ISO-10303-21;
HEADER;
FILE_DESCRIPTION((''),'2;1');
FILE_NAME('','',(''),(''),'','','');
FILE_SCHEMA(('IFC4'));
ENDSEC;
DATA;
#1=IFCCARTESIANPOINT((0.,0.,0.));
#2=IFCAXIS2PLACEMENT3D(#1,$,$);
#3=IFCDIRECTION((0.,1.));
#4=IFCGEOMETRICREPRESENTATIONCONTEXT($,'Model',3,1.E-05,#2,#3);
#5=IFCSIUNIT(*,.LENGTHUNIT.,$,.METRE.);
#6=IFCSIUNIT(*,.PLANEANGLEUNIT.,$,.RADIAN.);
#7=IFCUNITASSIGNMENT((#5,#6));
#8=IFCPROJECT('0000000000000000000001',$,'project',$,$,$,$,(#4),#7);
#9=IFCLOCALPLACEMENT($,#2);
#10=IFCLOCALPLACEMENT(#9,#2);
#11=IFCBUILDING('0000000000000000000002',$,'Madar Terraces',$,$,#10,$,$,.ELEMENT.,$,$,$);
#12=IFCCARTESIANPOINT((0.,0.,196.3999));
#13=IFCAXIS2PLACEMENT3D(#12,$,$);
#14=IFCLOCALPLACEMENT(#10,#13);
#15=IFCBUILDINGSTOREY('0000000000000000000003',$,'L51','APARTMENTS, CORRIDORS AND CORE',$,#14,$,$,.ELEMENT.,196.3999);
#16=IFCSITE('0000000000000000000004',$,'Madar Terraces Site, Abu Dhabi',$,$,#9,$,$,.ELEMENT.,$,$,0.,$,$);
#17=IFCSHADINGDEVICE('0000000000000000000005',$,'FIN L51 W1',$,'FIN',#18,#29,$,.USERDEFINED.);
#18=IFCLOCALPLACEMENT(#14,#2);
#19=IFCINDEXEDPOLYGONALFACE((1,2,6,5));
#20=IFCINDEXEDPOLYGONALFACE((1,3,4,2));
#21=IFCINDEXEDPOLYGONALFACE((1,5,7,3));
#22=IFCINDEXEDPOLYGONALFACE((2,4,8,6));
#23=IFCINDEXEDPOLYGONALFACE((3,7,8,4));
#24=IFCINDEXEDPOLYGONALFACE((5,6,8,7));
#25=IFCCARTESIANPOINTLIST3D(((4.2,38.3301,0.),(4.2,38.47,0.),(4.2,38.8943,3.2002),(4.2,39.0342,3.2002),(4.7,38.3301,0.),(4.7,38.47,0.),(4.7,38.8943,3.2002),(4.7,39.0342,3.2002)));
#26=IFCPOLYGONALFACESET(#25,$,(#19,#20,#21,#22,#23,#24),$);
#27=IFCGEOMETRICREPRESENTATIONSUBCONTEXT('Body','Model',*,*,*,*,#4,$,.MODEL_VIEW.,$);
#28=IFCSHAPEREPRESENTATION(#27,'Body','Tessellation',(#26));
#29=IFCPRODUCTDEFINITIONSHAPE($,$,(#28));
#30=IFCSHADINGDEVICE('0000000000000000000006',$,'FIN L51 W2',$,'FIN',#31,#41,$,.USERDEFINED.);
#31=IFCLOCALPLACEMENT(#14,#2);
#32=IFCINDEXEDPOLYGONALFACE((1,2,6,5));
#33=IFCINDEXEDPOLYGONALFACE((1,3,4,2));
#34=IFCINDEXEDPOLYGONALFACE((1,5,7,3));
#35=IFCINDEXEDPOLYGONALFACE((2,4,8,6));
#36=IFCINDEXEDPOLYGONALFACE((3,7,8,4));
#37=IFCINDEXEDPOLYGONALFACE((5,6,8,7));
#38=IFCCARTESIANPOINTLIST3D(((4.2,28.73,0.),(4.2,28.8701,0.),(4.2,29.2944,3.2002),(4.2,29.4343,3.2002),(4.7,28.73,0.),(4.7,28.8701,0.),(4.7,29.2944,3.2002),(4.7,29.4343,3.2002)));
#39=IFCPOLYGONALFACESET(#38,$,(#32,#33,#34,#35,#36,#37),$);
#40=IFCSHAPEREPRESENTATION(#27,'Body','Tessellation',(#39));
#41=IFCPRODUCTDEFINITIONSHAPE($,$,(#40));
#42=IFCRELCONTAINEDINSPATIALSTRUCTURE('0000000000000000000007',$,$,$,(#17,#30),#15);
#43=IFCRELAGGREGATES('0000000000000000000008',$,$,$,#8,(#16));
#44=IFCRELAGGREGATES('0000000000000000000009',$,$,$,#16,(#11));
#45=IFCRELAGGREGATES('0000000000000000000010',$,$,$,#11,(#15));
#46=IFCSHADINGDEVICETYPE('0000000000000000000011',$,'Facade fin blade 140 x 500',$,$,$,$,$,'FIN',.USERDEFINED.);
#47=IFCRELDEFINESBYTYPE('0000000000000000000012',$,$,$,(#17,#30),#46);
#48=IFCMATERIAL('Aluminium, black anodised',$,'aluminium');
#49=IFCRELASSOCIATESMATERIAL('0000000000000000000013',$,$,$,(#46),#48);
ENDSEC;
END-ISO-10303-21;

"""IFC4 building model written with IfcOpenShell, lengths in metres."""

from ifc_helpers import new_model, si_unit, direction, frame, origin, place, context, subcontext, project, spatial, polyline, outline, extrude, material, type_object, element, save


model = new_model("IFC4")

# Units and contexts
model_context = context("Model", 3, precision=1e-05, world=origin(), true_north=direction((0.0, 1.0)))
body_context = subcontext(model_context, "Body", "Model", "MODEL_VIEW")
ifc_project = project(units=[si_unit("LENGTHUNIT", "METRE"), si_unit("PLANEANGLEUNIT", "RADIAN")], contexts=[model_context])

# Site, building, storey
site_placement = place(None, origin())
site = spatial("IfcSite", under=ifc_project, at=site_placement, Name="Madar Terraces Site, Abu Dhabi", CompositionType="ELEMENT", RefElevation=0.0)
building_placement = place(site_placement, origin())
building = spatial("IfcBuilding", under=site, at=building_placement, Name="Madar Terraces", CompositionType="ELEMENT")
storey_placement = place(building_placement, frame((0.0, 0.0, 196.3999)))
storey = spatial("IfcBuildingStorey", under=building, at=storey_placement, Name="L51", Description="APARTMENTS, CORRIDORS AND CORE", CompositionType="ELEMENT", Elevation=196.3999)

# Shading devices
ifc_material_1 = material(Name="Aluminium, black anodised", Category="aluminium")
shading_device_type = type_object("IfcShadingDeviceType", Name="Facade fin blade 140 x 500", ElementType="FIN", PredefinedType="USERDEFINED", material=ifc_material_1)
shading_device_1_placement = place(storey_placement, frame((4.45, 38.47, 0.0), z_axis=(0.0, 0.0, 1.0), x_axis=(0.0, -1.0, 0.0)))
element("IfcShadingDevice", 1, at=shading_device_1_placement, inside=storey, type_object=shading_device_type, Name="FIN L51 W1", ObjectType="FIN", PredefinedType="USERDEFINED", context=body_context, shape_type="SweptSolid", body=[
    extrude(outline(polyline([(0.0, 0.0), (0.1399, 0.0), (-0.4243, 3.2002), (-0.5642, 3.2002), (0.0, 0.0)])), frame((0.0, 0.25, 0.0), z_axis=(0.0, -1.0, 0.0), x_axis=(1.0, 0.0, 0.0)), (0.0, 0.0, 1.0), 0.5),
])
shading_device_2_placement = place(storey_placement, frame((4.45, 28.8701, 0.0), z_axis=(0.0, 0.0, 1.0), x_axis=(0.0, -1.0, 0.0)))
element("IfcShadingDevice", 2, at=shading_device_2_placement, inside=storey, type_object=shading_device_type, Name="FIN L51 W2", ObjectType="FIN", PredefinedType="USERDEFINED", context=body_context, shape_type="SweptSolid", body=[
    extrude(outline(polyline([(0.0, 0.0), (0.1401, 0.0), (-0.4243, 3.2002), (-0.5642, 3.2002), (0.0, 0.0)])), frame((0.0, 0.25, 0.0), z_axis=(0.0, -1.0, 0.0), x_axis=(1.0, 0.0, 0.0)), (0.0, 0.0, 1.0), 0.5),
])

save(model, "model.ifc")
